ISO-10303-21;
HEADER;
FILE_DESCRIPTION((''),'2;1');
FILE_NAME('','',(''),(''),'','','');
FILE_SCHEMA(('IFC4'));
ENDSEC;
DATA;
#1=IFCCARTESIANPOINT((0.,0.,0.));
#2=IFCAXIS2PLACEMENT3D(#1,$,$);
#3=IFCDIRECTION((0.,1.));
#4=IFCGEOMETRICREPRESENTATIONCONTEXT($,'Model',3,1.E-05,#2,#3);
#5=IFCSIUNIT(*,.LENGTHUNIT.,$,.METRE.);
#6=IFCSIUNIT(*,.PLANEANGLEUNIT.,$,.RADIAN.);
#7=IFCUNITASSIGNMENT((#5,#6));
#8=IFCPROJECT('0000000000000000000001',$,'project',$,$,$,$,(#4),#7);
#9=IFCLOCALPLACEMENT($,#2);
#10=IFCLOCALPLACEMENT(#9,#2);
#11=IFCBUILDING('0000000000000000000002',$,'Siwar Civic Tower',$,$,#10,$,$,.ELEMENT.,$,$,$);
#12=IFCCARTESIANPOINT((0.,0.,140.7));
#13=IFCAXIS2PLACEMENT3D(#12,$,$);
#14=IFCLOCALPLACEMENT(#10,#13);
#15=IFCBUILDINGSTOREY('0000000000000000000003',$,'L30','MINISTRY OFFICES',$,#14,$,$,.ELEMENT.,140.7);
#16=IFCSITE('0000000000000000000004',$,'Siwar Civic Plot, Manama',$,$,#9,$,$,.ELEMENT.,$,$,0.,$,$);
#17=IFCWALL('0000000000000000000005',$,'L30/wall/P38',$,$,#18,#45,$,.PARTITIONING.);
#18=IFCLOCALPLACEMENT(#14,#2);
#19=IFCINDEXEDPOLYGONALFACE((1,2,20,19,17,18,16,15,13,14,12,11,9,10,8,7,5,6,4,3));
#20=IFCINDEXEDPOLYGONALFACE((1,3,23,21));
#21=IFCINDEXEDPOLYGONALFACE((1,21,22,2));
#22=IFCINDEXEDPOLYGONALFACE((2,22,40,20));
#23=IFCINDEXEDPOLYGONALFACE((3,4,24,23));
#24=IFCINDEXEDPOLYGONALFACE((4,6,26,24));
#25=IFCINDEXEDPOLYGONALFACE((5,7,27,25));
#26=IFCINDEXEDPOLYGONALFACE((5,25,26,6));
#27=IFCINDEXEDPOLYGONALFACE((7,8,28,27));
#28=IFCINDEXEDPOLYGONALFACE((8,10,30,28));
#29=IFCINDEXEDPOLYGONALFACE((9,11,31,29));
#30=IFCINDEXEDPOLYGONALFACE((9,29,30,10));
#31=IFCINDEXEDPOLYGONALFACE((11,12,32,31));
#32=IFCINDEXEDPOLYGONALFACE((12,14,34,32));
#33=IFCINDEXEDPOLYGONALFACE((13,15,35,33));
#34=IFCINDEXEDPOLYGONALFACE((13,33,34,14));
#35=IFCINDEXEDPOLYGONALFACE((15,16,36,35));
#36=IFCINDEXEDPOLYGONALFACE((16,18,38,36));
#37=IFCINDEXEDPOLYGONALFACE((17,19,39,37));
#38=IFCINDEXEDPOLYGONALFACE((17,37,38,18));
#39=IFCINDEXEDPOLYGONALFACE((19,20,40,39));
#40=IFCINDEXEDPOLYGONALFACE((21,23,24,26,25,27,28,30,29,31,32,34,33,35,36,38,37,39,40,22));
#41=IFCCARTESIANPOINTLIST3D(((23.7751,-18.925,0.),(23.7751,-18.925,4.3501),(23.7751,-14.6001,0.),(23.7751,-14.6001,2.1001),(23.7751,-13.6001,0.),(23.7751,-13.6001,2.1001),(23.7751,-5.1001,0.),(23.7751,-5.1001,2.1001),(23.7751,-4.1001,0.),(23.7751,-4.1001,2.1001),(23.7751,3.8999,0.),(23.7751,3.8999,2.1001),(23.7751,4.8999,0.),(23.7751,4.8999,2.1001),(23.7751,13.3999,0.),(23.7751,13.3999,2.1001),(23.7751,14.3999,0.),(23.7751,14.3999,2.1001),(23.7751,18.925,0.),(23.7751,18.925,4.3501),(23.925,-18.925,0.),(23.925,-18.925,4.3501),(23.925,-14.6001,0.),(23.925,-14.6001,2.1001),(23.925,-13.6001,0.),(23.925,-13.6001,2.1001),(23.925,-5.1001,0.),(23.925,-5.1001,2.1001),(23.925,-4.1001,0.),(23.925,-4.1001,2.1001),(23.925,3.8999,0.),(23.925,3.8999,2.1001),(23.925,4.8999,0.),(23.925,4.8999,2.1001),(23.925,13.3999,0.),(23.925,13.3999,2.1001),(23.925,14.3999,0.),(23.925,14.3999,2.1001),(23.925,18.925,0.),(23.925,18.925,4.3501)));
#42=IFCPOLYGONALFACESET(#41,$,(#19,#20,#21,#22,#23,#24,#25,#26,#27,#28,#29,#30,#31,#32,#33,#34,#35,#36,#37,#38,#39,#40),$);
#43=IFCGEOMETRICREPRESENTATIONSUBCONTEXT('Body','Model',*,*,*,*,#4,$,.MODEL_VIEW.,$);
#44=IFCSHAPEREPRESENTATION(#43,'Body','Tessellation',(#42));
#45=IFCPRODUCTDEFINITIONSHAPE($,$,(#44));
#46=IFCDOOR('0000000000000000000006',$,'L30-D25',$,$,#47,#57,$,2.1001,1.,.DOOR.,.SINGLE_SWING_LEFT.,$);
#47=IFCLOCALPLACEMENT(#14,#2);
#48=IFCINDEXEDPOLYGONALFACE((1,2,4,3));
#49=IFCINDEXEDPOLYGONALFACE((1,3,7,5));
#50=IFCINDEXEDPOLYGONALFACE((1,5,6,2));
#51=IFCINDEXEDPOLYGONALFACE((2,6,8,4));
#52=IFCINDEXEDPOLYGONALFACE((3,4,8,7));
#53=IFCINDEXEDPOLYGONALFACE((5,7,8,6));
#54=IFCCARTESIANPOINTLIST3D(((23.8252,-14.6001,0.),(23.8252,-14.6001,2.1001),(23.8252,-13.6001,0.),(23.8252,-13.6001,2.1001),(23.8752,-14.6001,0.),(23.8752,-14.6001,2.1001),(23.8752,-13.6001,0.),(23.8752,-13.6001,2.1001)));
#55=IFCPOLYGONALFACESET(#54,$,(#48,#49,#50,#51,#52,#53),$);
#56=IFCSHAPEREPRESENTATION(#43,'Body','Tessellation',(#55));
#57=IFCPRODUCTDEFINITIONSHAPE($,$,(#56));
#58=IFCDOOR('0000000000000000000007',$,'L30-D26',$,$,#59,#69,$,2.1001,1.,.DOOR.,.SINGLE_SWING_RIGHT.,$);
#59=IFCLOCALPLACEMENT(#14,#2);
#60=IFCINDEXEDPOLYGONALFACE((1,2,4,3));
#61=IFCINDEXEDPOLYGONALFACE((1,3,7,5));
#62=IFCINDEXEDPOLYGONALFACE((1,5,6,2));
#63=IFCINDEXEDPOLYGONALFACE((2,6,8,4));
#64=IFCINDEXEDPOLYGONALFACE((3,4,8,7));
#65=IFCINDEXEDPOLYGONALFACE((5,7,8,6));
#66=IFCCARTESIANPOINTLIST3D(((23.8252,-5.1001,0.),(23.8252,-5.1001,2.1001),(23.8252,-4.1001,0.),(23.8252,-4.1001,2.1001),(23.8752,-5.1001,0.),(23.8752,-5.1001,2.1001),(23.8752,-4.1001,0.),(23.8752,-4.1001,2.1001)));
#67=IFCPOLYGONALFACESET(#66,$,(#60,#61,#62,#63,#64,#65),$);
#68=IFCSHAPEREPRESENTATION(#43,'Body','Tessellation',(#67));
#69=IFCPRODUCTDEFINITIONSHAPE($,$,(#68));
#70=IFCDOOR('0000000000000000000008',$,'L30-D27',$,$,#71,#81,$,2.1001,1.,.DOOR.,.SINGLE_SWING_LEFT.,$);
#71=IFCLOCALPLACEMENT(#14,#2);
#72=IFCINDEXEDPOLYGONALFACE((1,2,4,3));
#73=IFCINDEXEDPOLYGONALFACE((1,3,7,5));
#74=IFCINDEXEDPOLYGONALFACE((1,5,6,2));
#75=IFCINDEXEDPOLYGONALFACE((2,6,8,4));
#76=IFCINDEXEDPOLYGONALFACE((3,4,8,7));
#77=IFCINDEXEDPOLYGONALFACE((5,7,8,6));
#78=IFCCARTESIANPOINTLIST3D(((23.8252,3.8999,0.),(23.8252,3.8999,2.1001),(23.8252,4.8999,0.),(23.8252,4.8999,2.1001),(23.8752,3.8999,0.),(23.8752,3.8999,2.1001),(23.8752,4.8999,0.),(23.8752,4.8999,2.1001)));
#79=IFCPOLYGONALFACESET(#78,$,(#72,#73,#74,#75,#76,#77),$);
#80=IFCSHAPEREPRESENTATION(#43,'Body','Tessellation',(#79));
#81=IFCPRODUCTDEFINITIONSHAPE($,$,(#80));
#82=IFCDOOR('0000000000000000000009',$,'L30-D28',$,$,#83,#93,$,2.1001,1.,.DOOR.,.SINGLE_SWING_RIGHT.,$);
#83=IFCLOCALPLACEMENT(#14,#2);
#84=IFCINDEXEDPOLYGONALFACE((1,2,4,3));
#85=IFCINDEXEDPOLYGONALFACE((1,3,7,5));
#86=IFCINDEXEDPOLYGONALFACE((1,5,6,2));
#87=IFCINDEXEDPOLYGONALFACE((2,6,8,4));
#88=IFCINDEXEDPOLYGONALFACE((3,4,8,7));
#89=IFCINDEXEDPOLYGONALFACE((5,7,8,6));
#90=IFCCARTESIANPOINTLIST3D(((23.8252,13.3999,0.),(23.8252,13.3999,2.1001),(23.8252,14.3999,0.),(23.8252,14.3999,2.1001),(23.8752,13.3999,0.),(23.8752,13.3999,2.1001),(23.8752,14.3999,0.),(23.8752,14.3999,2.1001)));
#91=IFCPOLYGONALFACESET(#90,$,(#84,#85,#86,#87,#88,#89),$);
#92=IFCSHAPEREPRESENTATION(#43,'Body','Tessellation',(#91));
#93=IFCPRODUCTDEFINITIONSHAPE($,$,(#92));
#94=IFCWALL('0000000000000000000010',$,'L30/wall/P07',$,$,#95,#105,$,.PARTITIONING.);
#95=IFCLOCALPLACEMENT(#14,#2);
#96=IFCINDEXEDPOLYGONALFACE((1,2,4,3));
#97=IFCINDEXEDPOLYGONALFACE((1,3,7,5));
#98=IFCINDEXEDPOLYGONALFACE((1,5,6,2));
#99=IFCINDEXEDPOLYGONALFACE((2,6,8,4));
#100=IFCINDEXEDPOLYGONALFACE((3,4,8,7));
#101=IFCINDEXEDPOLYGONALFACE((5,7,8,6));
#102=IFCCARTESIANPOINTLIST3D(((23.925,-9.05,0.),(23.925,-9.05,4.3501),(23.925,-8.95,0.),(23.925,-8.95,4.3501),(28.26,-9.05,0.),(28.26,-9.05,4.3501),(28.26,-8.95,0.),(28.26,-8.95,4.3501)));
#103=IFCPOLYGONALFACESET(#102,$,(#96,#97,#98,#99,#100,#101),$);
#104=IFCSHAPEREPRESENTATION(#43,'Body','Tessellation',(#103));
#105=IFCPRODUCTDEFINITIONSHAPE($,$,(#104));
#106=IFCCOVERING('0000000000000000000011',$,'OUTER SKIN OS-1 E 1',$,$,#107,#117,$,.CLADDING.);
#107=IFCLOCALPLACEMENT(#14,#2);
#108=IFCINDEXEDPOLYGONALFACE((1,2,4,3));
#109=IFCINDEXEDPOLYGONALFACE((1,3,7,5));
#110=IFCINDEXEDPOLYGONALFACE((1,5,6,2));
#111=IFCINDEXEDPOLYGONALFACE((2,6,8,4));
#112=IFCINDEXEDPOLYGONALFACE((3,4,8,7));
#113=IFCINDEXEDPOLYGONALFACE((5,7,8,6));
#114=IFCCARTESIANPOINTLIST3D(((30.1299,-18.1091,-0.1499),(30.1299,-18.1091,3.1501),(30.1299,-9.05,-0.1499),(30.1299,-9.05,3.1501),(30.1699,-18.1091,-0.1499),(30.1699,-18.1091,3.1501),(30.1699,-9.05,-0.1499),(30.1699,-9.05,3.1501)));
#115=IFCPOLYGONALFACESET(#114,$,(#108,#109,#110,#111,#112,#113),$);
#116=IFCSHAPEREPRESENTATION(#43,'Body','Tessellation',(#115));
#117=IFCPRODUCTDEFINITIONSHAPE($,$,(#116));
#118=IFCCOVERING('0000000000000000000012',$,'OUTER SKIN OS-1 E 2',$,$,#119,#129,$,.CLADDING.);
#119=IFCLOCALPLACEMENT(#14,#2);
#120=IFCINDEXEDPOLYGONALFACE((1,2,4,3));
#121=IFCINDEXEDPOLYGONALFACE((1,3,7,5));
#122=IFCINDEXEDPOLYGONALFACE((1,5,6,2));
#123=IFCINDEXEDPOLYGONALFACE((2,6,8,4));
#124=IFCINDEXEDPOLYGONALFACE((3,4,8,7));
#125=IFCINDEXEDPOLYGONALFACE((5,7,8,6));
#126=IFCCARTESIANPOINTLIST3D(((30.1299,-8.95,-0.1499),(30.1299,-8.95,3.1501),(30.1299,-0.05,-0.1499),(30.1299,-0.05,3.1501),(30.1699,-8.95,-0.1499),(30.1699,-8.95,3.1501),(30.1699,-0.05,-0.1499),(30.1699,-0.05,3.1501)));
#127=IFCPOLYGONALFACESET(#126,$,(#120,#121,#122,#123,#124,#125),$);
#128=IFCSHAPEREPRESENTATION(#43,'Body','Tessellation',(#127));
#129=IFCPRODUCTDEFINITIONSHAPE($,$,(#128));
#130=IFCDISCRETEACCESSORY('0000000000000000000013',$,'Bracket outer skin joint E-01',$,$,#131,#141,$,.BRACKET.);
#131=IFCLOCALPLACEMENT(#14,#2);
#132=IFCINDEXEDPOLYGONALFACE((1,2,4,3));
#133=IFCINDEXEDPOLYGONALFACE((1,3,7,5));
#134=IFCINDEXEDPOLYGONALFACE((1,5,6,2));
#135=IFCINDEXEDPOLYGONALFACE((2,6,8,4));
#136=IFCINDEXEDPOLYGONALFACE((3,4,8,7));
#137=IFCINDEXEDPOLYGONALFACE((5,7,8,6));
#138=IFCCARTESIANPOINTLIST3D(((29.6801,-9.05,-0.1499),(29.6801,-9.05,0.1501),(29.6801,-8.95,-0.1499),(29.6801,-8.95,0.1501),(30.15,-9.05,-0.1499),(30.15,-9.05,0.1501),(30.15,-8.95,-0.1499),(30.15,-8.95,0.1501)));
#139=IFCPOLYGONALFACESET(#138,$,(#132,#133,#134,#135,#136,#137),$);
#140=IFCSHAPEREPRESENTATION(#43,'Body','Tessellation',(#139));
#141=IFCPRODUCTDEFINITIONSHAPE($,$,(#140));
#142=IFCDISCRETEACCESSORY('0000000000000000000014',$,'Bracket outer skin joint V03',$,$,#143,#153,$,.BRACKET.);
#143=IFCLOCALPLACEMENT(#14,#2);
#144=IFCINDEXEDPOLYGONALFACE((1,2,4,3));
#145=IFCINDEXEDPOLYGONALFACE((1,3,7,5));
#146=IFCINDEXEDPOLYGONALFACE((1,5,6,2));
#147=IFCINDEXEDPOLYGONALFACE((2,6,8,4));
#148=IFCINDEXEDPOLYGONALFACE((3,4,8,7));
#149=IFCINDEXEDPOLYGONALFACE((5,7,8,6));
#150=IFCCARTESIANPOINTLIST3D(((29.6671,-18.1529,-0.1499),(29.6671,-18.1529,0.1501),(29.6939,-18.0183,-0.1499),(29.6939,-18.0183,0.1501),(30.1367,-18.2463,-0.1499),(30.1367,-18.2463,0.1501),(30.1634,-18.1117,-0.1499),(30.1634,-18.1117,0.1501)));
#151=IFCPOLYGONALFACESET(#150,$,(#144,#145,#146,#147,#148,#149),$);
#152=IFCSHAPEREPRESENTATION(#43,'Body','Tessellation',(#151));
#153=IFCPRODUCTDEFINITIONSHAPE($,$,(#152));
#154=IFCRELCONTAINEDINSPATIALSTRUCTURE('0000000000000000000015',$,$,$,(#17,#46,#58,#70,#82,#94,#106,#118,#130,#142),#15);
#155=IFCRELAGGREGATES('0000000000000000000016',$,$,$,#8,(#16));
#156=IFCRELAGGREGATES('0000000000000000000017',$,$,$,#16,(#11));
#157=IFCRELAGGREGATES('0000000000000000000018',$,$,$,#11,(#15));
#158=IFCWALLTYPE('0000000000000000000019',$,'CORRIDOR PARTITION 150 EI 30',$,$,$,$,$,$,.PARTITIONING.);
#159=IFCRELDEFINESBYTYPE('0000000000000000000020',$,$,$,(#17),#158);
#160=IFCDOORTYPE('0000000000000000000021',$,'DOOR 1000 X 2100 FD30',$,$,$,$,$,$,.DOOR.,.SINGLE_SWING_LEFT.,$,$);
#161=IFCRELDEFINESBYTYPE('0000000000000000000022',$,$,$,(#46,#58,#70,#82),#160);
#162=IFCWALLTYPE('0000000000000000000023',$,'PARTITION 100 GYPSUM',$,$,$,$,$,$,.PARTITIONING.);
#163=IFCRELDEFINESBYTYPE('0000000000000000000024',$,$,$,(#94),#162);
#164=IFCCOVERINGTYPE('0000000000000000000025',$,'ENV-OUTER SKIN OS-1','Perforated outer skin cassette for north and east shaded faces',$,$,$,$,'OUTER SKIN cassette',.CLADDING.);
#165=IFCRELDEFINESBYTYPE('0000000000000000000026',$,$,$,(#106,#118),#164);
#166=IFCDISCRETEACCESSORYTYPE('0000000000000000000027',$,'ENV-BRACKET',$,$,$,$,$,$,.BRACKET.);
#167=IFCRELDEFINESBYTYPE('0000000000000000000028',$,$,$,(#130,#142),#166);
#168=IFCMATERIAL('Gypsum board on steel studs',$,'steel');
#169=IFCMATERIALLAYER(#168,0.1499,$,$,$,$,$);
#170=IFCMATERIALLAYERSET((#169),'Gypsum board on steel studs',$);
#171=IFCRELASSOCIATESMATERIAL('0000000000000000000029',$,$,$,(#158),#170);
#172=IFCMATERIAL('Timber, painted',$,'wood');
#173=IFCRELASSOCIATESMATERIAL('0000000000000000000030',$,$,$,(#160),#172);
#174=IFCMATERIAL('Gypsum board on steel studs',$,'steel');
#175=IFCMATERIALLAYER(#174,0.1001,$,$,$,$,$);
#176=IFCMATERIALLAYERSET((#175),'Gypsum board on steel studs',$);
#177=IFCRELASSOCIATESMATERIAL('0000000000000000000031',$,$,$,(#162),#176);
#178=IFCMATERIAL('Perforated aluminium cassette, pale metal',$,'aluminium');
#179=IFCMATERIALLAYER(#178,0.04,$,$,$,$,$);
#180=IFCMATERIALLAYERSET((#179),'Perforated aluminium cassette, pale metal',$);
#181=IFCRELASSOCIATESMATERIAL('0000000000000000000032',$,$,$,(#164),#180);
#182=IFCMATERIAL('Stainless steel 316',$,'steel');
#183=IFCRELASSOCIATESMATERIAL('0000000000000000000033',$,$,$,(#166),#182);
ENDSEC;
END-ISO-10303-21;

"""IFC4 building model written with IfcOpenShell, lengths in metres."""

from ifc_helpers import new_model, si_unit, direction, frame, frame_2d, origin, origin_2d, place, context, subcontext, project, spatial, rectangle, extrude, material, layer, layer_set, type_object, element, fill, save


model = new_model("IFC4")

# Units and contexts
model_context = context("Model", 3, precision=1e-05, world=origin(), true_north=direction((0.0, 1.0)))
body_context = subcontext(model_context, "Body", "Model", "MODEL_VIEW")
ifc_project = project(units=[si_unit("LENGTHUNIT", "METRE"), si_unit("PLANEANGLEUNIT", "RADIAN")], contexts=[model_context])

# Site, building, storey
site_placement = place(None, origin())
site = spatial("IfcSite", under=ifc_project, at=site_placement, Name="Siwar Civic Plot, Manama", CompositionType="ELEMENT", RefElevation=0.0)
building_placement = place(site_placement, origin())
building = spatial("IfcBuilding", under=site, at=building_placement, Name="Siwar Civic Tower", CompositionType="ELEMENT")
storey_placement = place(building_placement, frame((0.0, 0.0, 140.7)))
storey = spatial("IfcBuildingStorey", under=building, at=storey_placement, Name="L30", Description="MINISTRY OFFICES", CompositionType="ELEMENT", Elevation=140.7)

# Wall, openings, doors
ifc_material_1 = material(Name="Gypsum board on steel studs", Category="steel")
ifc_layer_1 = layer(ifc_material_1, 0.1499)
ifc_layer_set_1 = layer_set([ifc_layer_1], Name="Gypsum board on steel studs")
wall_type_1 = type_object("IfcWallType", Name="CORRIDOR PARTITION 150 EI 30", PredefinedType="PARTITIONING", material=ifc_layer_set_1)
wall_1_placement = place(storey_placement, frame((23.8501, -18.925, 0.0), z_axis=(0.0, 0.0, 1.0), x_axis=(0.0, 1.0, 0.0)))
wall_1 = element("IfcWall", 1, at=wall_1_placement, inside=storey, type_object=wall_type_1, Name="L30/wall/P38", PredefinedType="PARTITIONING", context=body_context, shape_type="SweptSolid", body=[
    extrude(rectangle(XDim=37.8501, YDim=0.1499, at=frame_2d((18.925, 0.0))), origin(), (0.0, 0.0, 1.0), 4.3501),
])
opening_1_placement = place(wall_1_placement, frame((4.325, 0.0, 0.0)))
opening_1 = element("IfcOpeningElement", 2, at=opening_1_placement, cuts=wall_1, PredefinedType="OPENING", context=body_context, shape_type="SweptSolid", body=[
    extrude(rectangle(XDim=1.0, YDim=2.1001, at=frame_2d((0.5, 1.05))), frame((0.0, 0.085, 0.0), z_axis=(0.0, -1.0, 0.0), x_axis=(1.0, 0.0, 0.0)), (0.0, 0.0, 1.0), 0.1699),
])
opening_2_placement = place(wall_1_placement, frame((13.825, 0.0, 0.0)))
opening_2 = element("IfcOpeningElement", 3, at=opening_2_placement, cuts=wall_1, PredefinedType="OPENING", context=body_context, shape_type="SweptSolid", body=[
    extrude(rectangle(XDim=1.0, YDim=2.1001, at=frame_2d((0.5, 1.05))), frame((0.0, 0.085, 0.0), z_axis=(0.0, -1.0, 0.0), x_axis=(1.0, 0.0, 0.0)), (0.0, 0.0, 1.0), 0.1699),
])
opening_3_placement = place(wall_1_placement, frame((22.825, 0.0, 0.0)))
opening_3 = element("IfcOpeningElement", 4, at=opening_3_placement, cuts=wall_1, PredefinedType="OPENING", context=body_context, shape_type="SweptSolid", body=[
    extrude(rectangle(XDim=1.0, YDim=2.1001, at=frame_2d((0.5, 1.05))), frame((0.0, 0.085, 0.0), z_axis=(0.0, -1.0, 0.0), x_axis=(1.0, 0.0, 0.0)), (0.0, 0.0, 1.0), 0.1699),
])
opening_4_placement = place(wall_1_placement, frame((32.325, 0.0, 0.0)))
opening_4 = element("IfcOpeningElement", 5, at=opening_4_placement, cuts=wall_1, PredefinedType="OPENING", context=body_context, shape_type="SweptSolid", body=[
    extrude(rectangle(XDim=1.0, YDim=2.1001, at=frame_2d((0.5, 1.05))), frame((0.0, 0.085, 0.0), z_axis=(0.0, -1.0, 0.0), x_axis=(1.0, 0.0, 0.0)), (0.0, 0.0, 1.0), 0.1699),
])
ifc_material_2 = material(Name="Timber, painted", Category="wood")
door_type_1 = type_object("IfcDoorType", Name="DOOR 1000 X 2100 FD30", OperationType="SINGLE_SWING_LEFT", PredefinedType="DOOR", material=ifc_material_2)
door_1_placement = place(opening_1_placement, origin())
door_1 = element("IfcDoor", 6, at=door_1_placement, inside=storey, type_object=door_type_1, Name="L30-D25", OperationType="SINGLE_SWING_LEFT", OverallHeight=2.1001, OverallWidth=1.0, PredefinedType="DOOR", context=body_context, shape_type="SweptSolid", body=[
    extrude(rectangle(XDim=1.0, YDim=2.1001, at=frame_2d((0.5, 1.05))), frame((0.0, 0.0249, 0.0), z_axis=(0.0, -1.0, 0.0), x_axis=(1.0, 0.0, 0.0)), (0.0, 0.0, 1.0), 0.05),
])
fill(opening_1, door_1)
door_2_placement = place(opening_2_placement, origin())
door_2 = element("IfcDoor", 7, at=door_2_placement, inside=storey, type_object=door_type_1, Name="L30-D26", OperationType="SINGLE_SWING_RIGHT", OverallHeight=2.1001, OverallWidth=1.0, PredefinedType="DOOR", context=body_context, shape_type="SweptSolid", body=[
    extrude(rectangle(XDim=1.0, YDim=2.1001, at=frame_2d((0.5, 1.05))), frame((0.0, 0.0249, 0.0), z_axis=(0.0, -1.0, 0.0), x_axis=(1.0, 0.0, 0.0)), (0.0, 0.0, 1.0), 0.05),
])
fill(opening_2, door_2)
door_3_placement = place(opening_3_placement, origin())
door_3 = element("IfcDoor", 8, at=door_3_placement, inside=storey, type_object=door_type_1, Name="L30-D27", OperationType="SINGLE_SWING_LEFT", OverallHeight=2.1001, OverallWidth=1.0, PredefinedType="DOOR", context=body_context, shape_type="SweptSolid", body=[
    extrude(rectangle(XDim=1.0, YDim=2.1001, at=frame_2d((0.5, 1.05))), frame((0.0, 0.0249, 0.0), z_axis=(0.0, -1.0, 0.0), x_axis=(1.0, 0.0, 0.0)), (0.0, 0.0, 1.0), 0.05),
])
fill(opening_3, door_3)
door_4_placement = place(opening_4_placement, origin())
door_4 = element("IfcDoor", 9, at=door_4_placement, inside=storey, type_object=door_type_1, Name="L30-D28", OperationType="SINGLE_SWING_RIGHT", OverallHeight=2.1001, OverallWidth=1.0, PredefinedType="DOOR", context=body_context, shape_type="SweptSolid", body=[
    extrude(rectangle(XDim=1.0, YDim=2.1001, at=frame_2d((0.5, 1.05))), frame((0.0, 0.0249, 0.0), z_axis=(0.0, -1.0, 0.0), x_axis=(1.0, 0.0, 0.0)), (0.0, 0.0, 1.0), 0.05),
])
fill(opening_4, door_4)

# Wall
ifc_material_3 = material(Name="Gypsum board on steel studs", Category="steel")
ifc_layer_2 = layer(ifc_material_3, 0.1001)
ifc_layer_set_2 = layer_set([ifc_layer_2], Name="Gypsum board on steel studs")
wall_type_2 = type_object("IfcWallType", Name="PARTITION 100 GYPSUM", PredefinedType="PARTITIONING", material=ifc_layer_set_2)
wall_2_placement = place(storey_placement, frame((23.925, -9.0, 0.0), z_axis=(0.0, 0.0, 1.0), x_axis=(1.0, 0.0, 0.0)))
element("IfcWall", 10, at=wall_2_placement, inside=storey, type_object=wall_type_2, Name="L30/wall/P07", PredefinedType="PARTITIONING", context=body_context, shape_type="SweptSolid", body=[
    extrude(rectangle(XDim=4.335, YDim=0.1001, at=frame_2d((2.1675, 0.0))), origin(), (0.0, 0.0, 1.0), 4.3501),
])

# Coverings
ifc_material_4 = material(Name="Perforated aluminium cassette, pale metal", Category="aluminium")
ifc_layer_3 = layer(ifc_material_4, 0.04)
ifc_layer_set_3 = layer_set([ifc_layer_3], Name="Perforated aluminium cassette, pale metal")
covering_type = type_object("IfcCoveringType", Name="ENV-OUTER SKIN OS-1", Description="Perforated outer skin cassette for north and east shaded faces", ElementType="OUTER SKIN cassette", PredefinedType="CLADDING", material=ifc_layer_set_3)
covering_1_placement = place(storey_placement, frame((30.1499, -13.5796, -0.1499), z_axis=(0.0, 0.0, 1.0), x_axis=(0.0, 1.0, 0.0)))
element("IfcCovering", 11, at=covering_1_placement, inside=storey, type_object=covering_type, Name="OUTER SKIN OS-1 E 1", PredefinedType="CLADDING", context=body_context, shape_type="SweptSolid", body=[
    extrude(rectangle(XDim=9.0591, YDim=0.04, at=origin_2d()), origin(), (0.0, 0.0, 1.0), 3.3),
])
covering_2_placement = place(storey_placement, frame((30.1499, -4.5, -0.1499), z_axis=(0.0, 0.0, 1.0), x_axis=(0.0, 1.0, 0.0)))
element("IfcCovering", 12, at=covering_2_placement, inside=storey, type_object=covering_type, Name="OUTER SKIN OS-1 E 2", PredefinedType="CLADDING", context=body_context, shape_type="SweptSolid", body=[
    extrude(rectangle(XDim=8.8999, YDim=0.04, at=origin_2d()), origin(), (0.0, 0.0, 1.0), 3.3),
])

# Discrete accessories
ifc_material_5 = material(Name="Stainless steel 316", Category="steel")
discrete_accessory_type = type_object("IfcDiscreteAccessoryType", Name="ENV-BRACKET", PredefinedType="BRACKET", material=ifc_material_5)
discrete_accessory_1_placement = place(storey_placement, frame((29.915, -9.0, -0.1499), z_axis=(0.0, 0.0, 1.0), x_axis=(1.0, 0.0, 0.0)))
element("IfcDiscreteAccessory", 13, at=discrete_accessory_1_placement, inside=storey, type_object=discrete_accessory_type, Name="Bracket outer skin joint E-01", PredefinedType="BRACKET", context=body_context, shape_type="SweptSolid", body=[
    extrude(rectangle(XDim=0.47, YDim=0.1001, at=origin_2d()), origin(), (0.0, 0.0, 1.0), 0.3),
])
discrete_accessory_2_placement = place(storey_placement, frame((29.9153, -18.1323, -0.1499), z_axis=(0.0, 0.0, 1.0), x_axis=(0.980785, -0.19509, 0.0)))
element("IfcDiscreteAccessory", 14, at=discrete_accessory_2_placement, inside=storey, type_object=discrete_accessory_type, Name="Bracket outer skin joint V03", PredefinedType="BRACKET", context=body_context, shape_type="SweptSolid", body=[
    extrude(rectangle(XDim=0.4788, YDim=0.1372, at=origin_2d()), origin(), (0.0, 0.0, 1.0), 0.3),
])

save(model, "model.ifc")
